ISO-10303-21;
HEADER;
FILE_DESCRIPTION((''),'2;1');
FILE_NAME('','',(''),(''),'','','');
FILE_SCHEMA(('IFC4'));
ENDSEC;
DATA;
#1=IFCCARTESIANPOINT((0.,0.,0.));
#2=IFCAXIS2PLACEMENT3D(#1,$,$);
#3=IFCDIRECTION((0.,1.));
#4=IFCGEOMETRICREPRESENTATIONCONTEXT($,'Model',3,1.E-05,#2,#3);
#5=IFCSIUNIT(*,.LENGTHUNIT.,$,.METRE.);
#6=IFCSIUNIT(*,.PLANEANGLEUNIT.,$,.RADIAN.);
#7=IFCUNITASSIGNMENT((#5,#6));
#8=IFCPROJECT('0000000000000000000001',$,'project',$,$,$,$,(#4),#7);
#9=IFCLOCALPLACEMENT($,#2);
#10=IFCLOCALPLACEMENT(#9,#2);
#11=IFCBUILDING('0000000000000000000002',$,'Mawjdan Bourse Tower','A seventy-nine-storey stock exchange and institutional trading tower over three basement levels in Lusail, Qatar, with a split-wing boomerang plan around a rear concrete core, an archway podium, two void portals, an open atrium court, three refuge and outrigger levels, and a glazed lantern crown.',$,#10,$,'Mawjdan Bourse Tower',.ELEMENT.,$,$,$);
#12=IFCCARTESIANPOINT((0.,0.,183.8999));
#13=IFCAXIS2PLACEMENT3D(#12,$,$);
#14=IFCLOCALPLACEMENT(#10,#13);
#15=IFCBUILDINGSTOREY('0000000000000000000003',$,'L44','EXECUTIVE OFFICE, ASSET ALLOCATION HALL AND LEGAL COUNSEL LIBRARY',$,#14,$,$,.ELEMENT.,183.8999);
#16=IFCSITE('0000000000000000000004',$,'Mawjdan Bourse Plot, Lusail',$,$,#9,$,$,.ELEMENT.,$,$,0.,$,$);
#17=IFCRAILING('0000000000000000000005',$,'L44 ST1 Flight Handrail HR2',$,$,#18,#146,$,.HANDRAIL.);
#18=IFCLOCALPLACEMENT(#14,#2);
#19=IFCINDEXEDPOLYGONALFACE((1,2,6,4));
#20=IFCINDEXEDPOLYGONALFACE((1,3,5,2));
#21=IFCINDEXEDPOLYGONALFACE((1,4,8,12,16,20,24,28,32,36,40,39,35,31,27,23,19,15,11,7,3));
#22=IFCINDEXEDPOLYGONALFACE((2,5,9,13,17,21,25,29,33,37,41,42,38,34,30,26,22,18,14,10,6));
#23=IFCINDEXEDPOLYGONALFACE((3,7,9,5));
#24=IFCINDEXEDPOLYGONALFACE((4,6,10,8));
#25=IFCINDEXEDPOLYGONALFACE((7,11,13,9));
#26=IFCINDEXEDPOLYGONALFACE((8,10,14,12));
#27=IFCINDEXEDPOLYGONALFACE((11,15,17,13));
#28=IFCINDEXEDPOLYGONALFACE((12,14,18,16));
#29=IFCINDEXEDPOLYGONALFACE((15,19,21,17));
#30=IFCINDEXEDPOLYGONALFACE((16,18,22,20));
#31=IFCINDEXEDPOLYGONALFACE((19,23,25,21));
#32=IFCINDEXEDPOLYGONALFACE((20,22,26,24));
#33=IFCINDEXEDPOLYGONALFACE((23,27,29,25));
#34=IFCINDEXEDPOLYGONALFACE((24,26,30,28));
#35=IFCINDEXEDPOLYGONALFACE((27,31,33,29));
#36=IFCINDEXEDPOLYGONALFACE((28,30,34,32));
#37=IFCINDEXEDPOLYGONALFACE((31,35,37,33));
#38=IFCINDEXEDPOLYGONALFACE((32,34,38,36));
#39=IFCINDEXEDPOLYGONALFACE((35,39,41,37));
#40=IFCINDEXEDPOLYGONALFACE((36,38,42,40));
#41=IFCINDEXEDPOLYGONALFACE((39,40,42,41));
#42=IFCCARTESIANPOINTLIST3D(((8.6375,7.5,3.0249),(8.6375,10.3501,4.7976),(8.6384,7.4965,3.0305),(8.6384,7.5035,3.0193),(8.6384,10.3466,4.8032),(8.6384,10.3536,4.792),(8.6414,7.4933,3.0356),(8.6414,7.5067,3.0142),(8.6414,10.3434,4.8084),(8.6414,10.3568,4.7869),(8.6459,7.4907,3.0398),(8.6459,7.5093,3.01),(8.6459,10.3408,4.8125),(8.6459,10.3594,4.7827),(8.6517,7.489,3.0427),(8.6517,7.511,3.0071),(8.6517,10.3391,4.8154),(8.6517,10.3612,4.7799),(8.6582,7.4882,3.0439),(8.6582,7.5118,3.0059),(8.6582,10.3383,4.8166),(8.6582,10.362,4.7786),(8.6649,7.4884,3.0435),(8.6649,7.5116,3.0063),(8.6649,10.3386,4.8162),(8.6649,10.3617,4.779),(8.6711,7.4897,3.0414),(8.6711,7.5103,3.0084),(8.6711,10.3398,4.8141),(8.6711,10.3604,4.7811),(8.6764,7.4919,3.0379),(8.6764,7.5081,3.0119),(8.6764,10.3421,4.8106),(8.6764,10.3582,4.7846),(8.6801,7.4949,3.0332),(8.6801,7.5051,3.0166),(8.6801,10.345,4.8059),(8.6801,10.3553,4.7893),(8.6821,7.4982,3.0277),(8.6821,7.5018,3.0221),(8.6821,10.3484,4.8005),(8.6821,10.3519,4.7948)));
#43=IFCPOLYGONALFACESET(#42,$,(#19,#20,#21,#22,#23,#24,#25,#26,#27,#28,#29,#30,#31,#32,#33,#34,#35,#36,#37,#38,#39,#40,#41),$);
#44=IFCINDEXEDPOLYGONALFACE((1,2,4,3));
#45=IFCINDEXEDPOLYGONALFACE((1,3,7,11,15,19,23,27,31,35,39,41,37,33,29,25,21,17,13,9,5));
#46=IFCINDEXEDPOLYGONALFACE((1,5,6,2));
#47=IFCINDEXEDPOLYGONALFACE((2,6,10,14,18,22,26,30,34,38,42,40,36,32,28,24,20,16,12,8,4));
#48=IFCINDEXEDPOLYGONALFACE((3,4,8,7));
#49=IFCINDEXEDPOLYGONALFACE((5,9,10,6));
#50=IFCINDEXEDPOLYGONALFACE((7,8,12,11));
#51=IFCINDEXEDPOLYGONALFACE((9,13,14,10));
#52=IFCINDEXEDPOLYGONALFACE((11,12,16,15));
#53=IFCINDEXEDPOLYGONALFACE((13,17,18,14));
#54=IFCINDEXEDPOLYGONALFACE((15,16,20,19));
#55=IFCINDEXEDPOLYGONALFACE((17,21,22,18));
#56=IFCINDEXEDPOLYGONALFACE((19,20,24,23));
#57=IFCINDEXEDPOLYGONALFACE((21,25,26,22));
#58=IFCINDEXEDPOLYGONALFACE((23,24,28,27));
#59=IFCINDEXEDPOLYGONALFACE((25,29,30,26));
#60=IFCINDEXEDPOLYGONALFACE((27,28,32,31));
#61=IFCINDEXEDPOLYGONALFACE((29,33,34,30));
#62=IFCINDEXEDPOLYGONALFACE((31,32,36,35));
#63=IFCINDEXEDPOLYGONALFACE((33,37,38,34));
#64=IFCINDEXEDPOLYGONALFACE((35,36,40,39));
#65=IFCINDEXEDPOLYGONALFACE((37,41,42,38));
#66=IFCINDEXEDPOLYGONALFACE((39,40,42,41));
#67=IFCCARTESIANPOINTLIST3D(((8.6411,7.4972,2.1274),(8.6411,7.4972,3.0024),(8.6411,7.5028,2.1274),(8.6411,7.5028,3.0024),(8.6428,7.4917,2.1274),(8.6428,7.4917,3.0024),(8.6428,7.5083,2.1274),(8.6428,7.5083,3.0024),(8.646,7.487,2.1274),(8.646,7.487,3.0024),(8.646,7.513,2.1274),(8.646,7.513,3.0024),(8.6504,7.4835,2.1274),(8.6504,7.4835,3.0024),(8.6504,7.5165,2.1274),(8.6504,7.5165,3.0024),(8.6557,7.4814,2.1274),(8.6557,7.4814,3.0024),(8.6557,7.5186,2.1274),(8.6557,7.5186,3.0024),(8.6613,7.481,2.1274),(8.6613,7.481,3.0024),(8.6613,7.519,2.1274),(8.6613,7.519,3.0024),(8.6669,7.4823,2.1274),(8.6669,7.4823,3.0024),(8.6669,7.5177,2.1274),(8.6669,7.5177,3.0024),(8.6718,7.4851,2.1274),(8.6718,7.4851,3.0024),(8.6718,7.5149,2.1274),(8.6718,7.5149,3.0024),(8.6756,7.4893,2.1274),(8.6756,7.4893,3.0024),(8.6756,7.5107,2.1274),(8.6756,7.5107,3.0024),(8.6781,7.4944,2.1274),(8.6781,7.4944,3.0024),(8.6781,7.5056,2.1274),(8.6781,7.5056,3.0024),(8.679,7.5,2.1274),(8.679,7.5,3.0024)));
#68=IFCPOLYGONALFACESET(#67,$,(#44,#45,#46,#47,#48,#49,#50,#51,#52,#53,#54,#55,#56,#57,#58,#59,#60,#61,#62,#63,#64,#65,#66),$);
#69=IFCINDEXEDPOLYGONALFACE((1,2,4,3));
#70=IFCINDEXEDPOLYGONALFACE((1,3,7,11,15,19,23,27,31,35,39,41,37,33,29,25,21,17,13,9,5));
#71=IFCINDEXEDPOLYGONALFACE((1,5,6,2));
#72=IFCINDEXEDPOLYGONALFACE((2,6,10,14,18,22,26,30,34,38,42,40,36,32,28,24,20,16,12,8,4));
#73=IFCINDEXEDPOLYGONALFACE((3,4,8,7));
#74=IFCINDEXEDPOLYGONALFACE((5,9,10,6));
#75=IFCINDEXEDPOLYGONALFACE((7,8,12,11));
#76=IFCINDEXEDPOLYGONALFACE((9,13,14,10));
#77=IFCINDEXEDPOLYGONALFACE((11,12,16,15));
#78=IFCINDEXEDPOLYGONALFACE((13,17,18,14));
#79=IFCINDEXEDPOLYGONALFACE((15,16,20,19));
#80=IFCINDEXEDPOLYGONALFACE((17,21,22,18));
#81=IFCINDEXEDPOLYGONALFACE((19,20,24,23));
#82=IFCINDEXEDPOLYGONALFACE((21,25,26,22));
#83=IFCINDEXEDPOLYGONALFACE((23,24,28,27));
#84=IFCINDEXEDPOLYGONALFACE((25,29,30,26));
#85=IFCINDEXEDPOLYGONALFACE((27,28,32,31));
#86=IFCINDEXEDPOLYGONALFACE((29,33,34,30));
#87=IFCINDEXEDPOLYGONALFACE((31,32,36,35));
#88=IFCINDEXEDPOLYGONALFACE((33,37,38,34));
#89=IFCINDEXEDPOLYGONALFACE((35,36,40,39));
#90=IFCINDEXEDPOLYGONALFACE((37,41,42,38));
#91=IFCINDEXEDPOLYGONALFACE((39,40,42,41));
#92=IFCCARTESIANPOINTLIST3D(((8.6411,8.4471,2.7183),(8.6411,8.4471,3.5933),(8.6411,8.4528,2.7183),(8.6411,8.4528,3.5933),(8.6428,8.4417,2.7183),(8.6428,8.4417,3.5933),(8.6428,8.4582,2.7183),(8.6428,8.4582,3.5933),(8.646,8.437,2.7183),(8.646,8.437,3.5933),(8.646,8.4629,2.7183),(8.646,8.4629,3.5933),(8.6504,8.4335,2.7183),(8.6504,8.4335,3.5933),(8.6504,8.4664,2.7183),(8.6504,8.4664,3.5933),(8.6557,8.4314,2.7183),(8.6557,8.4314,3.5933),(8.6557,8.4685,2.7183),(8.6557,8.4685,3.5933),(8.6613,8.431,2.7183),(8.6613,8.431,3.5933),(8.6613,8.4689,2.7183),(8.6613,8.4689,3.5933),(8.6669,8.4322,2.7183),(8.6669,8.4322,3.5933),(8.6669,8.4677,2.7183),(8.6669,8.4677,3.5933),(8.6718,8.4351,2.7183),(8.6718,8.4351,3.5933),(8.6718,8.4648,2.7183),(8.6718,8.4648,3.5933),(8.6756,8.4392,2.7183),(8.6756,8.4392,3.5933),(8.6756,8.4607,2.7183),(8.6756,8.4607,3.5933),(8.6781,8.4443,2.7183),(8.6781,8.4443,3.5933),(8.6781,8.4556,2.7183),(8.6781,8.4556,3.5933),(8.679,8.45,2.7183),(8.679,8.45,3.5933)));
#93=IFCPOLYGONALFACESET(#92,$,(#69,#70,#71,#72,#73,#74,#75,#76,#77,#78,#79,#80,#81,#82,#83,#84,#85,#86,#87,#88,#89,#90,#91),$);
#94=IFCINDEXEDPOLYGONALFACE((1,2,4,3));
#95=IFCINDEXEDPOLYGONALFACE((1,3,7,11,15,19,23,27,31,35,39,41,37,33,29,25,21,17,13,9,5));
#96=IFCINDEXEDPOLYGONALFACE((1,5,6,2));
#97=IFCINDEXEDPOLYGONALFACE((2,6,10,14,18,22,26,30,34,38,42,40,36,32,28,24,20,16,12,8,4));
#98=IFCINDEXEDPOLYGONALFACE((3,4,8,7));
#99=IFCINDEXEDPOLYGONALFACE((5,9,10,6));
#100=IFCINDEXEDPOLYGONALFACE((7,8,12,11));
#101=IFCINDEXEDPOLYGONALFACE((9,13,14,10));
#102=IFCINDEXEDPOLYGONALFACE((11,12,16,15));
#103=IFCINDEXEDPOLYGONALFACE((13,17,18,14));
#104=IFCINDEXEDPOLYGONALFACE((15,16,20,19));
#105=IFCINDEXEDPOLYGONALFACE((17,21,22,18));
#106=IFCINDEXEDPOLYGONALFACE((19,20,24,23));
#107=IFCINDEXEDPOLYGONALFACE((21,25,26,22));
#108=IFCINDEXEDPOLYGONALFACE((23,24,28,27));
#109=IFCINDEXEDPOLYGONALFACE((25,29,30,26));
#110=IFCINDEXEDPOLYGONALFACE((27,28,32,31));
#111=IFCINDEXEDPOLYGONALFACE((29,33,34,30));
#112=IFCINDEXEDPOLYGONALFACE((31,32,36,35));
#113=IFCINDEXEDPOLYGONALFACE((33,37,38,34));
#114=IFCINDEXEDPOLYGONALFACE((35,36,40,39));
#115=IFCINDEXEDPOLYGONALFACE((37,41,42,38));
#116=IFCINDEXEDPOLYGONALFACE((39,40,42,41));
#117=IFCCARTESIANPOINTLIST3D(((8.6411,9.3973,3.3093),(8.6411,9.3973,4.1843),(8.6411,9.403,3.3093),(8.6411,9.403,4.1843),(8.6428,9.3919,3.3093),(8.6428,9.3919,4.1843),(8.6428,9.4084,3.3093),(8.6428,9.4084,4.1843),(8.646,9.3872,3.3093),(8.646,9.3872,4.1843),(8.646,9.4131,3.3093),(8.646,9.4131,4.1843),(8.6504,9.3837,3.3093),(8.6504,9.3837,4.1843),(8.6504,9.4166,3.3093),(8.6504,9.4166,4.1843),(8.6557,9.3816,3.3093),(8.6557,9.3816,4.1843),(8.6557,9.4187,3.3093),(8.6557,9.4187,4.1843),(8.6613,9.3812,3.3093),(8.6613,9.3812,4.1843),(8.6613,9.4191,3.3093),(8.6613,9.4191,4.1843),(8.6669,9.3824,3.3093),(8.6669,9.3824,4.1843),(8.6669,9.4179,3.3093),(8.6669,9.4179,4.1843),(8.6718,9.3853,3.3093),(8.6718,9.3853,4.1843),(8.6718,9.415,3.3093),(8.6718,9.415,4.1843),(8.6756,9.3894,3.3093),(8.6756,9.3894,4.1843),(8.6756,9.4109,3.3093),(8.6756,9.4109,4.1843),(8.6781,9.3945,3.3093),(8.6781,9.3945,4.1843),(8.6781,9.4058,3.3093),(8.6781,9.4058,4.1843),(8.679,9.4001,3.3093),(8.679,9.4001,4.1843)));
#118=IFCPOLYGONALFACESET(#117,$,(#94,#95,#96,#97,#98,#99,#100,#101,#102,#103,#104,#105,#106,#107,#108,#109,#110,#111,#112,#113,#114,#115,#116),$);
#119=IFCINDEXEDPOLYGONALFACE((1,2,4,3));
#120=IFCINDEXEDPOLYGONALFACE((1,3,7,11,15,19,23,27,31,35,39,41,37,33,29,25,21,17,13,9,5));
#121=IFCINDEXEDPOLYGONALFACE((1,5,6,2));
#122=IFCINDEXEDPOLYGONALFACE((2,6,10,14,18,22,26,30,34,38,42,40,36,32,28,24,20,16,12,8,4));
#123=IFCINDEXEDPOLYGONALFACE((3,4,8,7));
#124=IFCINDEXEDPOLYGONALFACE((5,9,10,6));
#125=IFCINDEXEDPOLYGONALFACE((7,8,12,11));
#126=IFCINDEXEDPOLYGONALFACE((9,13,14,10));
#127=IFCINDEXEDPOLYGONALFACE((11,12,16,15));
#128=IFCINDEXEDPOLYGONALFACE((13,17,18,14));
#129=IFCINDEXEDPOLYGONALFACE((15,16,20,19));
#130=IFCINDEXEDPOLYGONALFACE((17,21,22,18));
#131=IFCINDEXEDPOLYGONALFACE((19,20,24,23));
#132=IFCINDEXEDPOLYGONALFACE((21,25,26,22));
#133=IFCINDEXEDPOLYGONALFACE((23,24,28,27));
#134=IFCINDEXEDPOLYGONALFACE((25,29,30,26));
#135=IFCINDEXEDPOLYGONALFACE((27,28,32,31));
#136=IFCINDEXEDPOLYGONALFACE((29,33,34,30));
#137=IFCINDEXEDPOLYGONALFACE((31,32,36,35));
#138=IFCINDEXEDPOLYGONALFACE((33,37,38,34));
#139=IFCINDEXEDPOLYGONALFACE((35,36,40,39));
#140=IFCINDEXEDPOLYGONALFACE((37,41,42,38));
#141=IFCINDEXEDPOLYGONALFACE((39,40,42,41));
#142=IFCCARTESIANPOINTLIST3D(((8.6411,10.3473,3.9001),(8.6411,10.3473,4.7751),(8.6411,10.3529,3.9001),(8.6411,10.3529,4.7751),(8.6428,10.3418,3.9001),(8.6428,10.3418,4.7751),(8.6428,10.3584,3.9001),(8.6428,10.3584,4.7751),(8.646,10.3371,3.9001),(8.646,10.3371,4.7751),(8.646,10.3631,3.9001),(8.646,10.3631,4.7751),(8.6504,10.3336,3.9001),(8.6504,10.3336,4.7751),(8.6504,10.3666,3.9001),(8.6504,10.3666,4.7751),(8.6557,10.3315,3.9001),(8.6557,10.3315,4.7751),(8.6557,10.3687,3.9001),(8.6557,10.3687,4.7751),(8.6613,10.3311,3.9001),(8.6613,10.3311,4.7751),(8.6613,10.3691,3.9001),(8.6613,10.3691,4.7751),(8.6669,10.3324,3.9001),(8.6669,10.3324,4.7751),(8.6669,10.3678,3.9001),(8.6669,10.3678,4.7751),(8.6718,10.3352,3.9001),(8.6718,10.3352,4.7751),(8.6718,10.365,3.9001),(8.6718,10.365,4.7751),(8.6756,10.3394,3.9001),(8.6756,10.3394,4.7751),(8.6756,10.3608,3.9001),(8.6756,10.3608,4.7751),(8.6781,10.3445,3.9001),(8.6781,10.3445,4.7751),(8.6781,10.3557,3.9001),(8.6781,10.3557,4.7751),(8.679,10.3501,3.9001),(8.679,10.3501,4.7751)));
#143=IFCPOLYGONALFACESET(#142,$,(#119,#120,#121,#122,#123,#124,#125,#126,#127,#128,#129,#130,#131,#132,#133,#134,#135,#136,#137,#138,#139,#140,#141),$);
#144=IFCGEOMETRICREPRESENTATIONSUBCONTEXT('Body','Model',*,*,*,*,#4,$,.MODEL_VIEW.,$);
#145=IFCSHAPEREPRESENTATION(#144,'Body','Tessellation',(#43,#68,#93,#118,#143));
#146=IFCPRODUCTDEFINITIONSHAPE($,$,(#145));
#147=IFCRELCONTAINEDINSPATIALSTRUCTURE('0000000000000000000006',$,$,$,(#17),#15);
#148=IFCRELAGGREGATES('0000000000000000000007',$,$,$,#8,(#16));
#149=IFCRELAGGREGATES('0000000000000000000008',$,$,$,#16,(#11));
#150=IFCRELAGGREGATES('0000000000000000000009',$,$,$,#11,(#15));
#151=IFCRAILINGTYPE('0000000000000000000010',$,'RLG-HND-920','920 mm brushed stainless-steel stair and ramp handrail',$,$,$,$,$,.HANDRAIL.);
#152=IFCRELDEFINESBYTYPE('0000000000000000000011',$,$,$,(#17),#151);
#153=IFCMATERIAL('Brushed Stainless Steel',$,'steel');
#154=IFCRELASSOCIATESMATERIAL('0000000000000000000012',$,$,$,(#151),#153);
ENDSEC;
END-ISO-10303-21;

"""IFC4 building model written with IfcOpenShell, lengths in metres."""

from ifc_helpers import new_model, si_unit, direction, frame, origin, origin_2d, place, context, subcontext, project, spatial, circle, extrude, material, type_object, element, save


model = new_model("IFC4")

# Units and contexts
model_context = context("Model", 3, precision=1e-05, world=origin(), true_north=direction((0.0, 1.0)))
body_context = subcontext(model_context, "Body", "Model", "MODEL_VIEW")
ifc_project = project(units=[si_unit("LENGTHUNIT", "METRE"), si_unit("PLANEANGLEUNIT", "RADIAN")], contexts=[model_context])

# Site, building, storey
site_placement = place(None, origin())
site = spatial("IfcSite", under=ifc_project, at=site_placement, Name="Mawjdan Bourse Plot, Lusail", CompositionType="ELEMENT", RefElevation=0.0)
building_placement = place(site_placement, origin())
building = spatial("IfcBuilding", under=site, at=building_placement, Name="Mawjdan Bourse Tower", Description="A seventy-nine-storey stock exchange and institutional trading tower over three basement levels in Lusail, Qatar, with a split-wing boomerang plan around a rear concrete core, an archway podium, two void portals, an open atrium court, three refuge and outrigger levels, and a glazed lantern crown.", LongName="Mawjdan Bourse Tower", CompositionType="ELEMENT")
storey_placement = place(building_placement, frame((0.0, 0.0, 183.8999)))
storey = spatial("IfcBuildingStorey", under=building, at=storey_placement, Name="L44", Description="EXECUTIVE OFFICE, ASSET ALLOCATION HALL AND LEGAL COUNSEL LIBRARY", CompositionType="ELEMENT", Elevation=183.8999)

# Shared definitions
ifc_material_1 = material(Name="Brushed Stainless Steel", Category="steel")

# Railing
railing_type_1 = type_object("IfcRailingType", Name="RLG-HND-920", Description="920 mm brushed stainless-steel stair and ramp handrail", PredefinedType="HANDRAIL", material=ifc_material_1)
railing_1_placement = place(storey_placement, frame((8.6599, 7.5, 2.1274)))
element("IfcRailing", 1, at=railing_1_placement, inside=storey, type_object=railing_type_1, Name="L44 ST1 Flight Handrail HR2", PredefinedType="HANDRAIL", context=body_context, shape_type="SweptSolid", body=[
    extrude(circle(Radius=0.0225, at=origin_2d()), frame((0.0, 0.0, 0.8975), z_axis=(0.0, 0.849149, 0.528154), x_axis=(-1.0, 0.0, 0.0)), (0.0, 0.0, 1.0), 3.3564),
    extrude(circle(Radius=0.019, at=origin_2d()), origin(), (0.0, 0.0, 1.0), 0.875),
    extrude(circle(Radius=0.019, at=origin_2d()), frame((0.0, 0.95, 0.5908)), (0.0, 0.0, 1.0), 0.875),
    extrude(circle(Radius=0.019, at=origin_2d()), frame((0.0, 1.9001, 1.1819)), (0.0, 0.0, 1.0), 0.875),
    extrude(circle(Radius=0.019, at=origin_2d()), frame((0.0, 2.8501, 1.7727)), (0.0, 0.0, 1.0), 0.875),
])

save(model, "model.ifc")
